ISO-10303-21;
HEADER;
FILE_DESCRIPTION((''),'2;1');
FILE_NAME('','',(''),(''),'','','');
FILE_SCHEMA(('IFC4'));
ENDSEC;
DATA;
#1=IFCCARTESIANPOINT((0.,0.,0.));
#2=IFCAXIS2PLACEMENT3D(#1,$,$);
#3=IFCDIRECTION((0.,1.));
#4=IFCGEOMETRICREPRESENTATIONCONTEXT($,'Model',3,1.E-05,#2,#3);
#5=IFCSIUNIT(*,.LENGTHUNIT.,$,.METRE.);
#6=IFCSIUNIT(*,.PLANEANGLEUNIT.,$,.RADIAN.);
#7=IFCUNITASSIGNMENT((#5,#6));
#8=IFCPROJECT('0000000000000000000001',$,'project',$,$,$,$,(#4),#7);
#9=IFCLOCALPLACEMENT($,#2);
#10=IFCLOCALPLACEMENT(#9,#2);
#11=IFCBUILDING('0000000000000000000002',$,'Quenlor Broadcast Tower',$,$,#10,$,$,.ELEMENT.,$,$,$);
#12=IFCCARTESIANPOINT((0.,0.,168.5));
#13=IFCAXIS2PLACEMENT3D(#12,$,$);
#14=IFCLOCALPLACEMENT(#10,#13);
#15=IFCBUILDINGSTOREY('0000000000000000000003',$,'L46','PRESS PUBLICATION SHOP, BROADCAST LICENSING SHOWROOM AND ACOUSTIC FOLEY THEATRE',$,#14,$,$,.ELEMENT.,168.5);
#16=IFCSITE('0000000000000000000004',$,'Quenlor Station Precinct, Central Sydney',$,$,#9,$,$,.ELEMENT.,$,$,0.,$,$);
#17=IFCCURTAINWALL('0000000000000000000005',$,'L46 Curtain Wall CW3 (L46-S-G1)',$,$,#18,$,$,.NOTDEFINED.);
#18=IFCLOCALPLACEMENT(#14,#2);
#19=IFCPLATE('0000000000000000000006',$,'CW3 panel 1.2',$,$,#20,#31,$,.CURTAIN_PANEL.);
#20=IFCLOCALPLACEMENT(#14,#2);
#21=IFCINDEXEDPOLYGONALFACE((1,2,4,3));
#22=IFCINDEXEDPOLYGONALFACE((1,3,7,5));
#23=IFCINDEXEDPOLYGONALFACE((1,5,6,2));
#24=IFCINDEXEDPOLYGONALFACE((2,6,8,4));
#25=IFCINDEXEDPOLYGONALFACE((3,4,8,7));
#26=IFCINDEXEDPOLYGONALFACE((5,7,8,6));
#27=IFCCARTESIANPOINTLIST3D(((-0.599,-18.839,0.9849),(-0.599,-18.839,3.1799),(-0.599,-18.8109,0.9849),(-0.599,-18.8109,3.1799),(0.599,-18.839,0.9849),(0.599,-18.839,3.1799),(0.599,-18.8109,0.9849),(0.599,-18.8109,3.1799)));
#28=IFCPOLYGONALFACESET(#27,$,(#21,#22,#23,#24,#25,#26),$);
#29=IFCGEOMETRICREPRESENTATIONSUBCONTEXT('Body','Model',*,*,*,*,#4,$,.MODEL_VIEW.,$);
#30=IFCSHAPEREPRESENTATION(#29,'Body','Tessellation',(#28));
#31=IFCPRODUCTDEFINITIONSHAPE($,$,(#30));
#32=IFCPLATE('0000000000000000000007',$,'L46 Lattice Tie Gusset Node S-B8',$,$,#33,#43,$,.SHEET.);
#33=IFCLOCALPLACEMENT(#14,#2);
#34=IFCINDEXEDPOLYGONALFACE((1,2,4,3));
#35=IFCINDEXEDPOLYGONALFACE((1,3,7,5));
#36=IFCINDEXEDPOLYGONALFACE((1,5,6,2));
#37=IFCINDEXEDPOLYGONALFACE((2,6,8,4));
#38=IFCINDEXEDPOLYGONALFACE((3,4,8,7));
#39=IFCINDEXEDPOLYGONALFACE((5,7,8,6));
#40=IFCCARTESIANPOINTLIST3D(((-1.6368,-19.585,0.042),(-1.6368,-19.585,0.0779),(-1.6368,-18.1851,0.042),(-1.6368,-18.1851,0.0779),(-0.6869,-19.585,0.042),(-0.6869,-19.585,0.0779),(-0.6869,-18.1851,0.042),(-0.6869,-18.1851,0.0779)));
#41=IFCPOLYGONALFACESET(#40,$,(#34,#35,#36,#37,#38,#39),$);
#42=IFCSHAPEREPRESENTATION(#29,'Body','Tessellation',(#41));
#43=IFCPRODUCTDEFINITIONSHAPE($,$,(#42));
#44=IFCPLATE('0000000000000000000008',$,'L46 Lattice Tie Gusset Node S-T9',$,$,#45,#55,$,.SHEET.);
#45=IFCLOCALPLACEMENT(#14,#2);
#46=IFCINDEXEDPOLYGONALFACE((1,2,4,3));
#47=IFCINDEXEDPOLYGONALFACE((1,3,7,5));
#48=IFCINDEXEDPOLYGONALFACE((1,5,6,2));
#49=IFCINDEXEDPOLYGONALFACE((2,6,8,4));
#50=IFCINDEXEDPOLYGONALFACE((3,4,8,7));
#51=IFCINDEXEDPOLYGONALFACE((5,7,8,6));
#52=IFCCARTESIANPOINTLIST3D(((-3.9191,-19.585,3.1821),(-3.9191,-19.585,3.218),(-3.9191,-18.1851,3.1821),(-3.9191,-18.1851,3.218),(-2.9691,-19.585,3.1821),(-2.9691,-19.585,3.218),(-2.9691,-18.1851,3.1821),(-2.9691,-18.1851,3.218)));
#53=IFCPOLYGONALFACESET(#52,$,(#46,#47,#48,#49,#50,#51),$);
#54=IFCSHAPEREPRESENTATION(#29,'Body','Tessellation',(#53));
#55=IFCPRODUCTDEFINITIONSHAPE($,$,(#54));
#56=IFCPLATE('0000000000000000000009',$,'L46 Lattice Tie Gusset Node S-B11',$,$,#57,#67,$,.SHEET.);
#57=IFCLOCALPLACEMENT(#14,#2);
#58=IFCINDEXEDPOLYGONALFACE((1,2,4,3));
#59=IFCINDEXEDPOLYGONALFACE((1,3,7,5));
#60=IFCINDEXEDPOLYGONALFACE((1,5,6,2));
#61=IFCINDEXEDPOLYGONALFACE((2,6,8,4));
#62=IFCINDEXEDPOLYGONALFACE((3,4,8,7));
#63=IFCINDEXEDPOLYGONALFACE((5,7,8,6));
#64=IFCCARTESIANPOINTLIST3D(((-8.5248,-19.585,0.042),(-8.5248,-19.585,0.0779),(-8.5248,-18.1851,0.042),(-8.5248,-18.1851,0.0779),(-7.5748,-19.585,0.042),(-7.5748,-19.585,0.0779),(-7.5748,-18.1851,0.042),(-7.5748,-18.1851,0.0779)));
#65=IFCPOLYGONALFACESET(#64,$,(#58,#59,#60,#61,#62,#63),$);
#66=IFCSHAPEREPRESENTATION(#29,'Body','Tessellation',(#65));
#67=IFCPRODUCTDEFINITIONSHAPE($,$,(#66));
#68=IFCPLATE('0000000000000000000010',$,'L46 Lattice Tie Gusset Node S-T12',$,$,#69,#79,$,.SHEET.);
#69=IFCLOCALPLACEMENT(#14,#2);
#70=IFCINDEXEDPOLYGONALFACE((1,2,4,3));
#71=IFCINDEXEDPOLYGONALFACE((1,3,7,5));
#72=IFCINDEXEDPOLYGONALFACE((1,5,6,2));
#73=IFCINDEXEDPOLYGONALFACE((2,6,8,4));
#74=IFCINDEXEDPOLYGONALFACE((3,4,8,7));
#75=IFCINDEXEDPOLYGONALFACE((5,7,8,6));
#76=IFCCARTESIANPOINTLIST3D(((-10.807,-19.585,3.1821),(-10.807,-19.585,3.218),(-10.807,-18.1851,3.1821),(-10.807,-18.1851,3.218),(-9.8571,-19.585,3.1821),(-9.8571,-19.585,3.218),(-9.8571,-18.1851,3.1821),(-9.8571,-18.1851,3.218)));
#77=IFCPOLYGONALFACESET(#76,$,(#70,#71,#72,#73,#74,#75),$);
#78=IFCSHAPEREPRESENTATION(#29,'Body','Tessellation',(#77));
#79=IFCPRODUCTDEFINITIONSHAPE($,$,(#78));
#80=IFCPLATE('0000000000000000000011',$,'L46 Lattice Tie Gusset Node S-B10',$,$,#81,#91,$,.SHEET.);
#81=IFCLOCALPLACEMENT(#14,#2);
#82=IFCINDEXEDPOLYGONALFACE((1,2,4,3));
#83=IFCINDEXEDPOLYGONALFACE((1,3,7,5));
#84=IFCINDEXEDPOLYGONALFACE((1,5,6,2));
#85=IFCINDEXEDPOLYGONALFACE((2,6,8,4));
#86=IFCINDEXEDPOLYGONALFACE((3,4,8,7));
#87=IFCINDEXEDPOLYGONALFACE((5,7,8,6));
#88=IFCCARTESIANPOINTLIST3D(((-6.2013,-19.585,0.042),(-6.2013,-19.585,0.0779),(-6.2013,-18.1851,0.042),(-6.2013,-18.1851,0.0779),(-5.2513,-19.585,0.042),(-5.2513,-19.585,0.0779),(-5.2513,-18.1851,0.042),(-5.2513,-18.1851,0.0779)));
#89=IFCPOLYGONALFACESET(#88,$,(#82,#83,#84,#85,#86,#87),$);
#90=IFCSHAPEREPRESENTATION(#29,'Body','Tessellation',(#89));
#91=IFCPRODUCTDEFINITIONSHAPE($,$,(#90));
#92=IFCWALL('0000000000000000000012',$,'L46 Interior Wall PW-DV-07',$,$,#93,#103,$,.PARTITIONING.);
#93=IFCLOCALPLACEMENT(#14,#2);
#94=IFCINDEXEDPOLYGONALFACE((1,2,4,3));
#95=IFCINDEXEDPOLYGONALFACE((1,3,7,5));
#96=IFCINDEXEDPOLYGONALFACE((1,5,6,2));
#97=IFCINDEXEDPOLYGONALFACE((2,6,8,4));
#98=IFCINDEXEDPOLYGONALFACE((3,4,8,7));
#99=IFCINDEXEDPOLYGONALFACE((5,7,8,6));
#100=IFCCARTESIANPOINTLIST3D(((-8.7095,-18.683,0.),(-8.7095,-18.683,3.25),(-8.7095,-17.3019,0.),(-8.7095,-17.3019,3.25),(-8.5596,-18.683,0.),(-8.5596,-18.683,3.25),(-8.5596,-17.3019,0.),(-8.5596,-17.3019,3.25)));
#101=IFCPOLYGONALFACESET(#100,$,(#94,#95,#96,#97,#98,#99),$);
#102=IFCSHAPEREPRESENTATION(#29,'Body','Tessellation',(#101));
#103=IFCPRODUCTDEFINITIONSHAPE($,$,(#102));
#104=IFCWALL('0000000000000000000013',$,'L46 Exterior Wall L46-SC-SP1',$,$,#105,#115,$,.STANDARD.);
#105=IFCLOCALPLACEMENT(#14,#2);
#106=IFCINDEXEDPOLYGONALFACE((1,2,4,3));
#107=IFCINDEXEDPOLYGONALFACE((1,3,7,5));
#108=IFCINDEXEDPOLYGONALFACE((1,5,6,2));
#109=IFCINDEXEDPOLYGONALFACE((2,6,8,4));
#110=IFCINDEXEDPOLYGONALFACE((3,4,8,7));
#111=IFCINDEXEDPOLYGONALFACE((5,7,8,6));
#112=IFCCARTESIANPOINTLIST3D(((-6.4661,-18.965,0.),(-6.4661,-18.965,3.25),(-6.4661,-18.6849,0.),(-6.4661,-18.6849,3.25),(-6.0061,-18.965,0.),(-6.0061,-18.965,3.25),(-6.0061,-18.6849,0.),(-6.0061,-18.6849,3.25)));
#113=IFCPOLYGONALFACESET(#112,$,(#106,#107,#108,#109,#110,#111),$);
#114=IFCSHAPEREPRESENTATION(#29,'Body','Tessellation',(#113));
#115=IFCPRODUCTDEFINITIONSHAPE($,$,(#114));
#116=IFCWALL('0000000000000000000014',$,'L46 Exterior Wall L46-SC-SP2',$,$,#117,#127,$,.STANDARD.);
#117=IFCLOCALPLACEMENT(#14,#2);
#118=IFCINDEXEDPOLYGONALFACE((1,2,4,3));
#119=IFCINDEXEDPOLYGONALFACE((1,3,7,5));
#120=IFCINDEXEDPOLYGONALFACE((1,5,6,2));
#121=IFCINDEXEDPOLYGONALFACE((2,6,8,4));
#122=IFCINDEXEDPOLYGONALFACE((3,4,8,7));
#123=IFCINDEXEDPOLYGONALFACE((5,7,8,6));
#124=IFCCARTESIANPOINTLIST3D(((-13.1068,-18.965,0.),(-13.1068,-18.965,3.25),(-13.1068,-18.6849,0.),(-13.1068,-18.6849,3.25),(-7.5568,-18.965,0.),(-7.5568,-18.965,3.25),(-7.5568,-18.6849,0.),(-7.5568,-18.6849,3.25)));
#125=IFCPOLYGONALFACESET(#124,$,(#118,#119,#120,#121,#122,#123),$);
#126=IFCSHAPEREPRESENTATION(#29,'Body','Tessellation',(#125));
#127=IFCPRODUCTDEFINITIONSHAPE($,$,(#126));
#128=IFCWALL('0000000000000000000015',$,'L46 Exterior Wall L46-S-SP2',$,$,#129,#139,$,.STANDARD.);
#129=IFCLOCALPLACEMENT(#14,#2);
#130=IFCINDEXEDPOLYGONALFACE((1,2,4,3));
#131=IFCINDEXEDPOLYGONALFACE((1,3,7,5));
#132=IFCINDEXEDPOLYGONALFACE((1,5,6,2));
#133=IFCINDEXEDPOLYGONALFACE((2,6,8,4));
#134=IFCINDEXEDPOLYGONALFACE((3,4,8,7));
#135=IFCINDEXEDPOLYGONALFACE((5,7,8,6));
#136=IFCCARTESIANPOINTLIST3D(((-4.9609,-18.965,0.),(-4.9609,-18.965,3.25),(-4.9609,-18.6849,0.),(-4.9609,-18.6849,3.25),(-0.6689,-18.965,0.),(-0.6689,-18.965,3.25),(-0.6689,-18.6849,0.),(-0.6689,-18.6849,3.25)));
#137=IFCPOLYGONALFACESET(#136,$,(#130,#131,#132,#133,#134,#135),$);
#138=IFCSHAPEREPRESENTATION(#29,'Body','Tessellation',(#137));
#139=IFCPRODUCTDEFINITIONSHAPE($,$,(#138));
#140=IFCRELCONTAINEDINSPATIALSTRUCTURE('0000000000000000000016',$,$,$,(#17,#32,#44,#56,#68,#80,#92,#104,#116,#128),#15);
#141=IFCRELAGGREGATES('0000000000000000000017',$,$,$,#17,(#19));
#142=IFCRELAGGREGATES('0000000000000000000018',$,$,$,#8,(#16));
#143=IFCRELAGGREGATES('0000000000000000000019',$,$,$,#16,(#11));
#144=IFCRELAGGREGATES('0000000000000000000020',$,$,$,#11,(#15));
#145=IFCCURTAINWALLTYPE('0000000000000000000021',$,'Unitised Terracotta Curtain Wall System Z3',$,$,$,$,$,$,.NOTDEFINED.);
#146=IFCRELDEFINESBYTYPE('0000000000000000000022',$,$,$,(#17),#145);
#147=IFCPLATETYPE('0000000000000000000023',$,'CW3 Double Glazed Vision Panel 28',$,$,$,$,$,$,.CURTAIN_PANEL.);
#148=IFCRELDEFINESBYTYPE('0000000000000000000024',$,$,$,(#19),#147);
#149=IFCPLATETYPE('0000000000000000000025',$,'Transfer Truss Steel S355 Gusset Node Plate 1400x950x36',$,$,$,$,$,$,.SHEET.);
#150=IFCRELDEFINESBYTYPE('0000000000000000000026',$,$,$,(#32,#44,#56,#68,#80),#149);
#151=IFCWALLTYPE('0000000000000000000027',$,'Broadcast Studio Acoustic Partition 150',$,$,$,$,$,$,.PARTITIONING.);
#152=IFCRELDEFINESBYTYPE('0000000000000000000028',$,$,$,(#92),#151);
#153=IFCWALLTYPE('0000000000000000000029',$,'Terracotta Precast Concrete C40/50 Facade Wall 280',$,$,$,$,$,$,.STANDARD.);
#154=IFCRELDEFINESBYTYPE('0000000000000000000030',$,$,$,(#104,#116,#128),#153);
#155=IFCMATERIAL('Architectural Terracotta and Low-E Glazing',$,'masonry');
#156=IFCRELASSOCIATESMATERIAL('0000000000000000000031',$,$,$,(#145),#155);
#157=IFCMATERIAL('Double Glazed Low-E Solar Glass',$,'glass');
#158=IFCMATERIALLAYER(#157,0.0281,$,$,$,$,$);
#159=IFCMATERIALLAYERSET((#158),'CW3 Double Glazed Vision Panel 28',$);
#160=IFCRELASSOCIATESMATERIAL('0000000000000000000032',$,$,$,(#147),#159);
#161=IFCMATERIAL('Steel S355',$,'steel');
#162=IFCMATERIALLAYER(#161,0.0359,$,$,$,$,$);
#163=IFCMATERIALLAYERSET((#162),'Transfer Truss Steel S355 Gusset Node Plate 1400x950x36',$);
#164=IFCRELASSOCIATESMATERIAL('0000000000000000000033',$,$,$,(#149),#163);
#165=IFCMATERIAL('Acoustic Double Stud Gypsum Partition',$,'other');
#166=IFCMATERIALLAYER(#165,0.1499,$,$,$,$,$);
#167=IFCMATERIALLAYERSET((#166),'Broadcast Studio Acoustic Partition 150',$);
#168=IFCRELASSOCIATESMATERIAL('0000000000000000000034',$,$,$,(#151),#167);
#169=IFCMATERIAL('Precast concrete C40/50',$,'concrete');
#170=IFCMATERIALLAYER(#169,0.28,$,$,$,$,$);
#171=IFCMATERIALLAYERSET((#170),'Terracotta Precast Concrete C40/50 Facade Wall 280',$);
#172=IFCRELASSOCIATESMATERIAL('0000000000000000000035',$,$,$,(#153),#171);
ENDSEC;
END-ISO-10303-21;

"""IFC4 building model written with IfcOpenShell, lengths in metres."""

from ifc_helpers import new_model, si_unit, direction, frame, frame_2d, origin, origin_2d, place, context, subcontext, project, spatial, rectangle, extrude, material, layer, layer_set, type_object, element, aggregate, save


model = new_model("IFC4")

# Units and contexts
model_context = context("Model", 3, precision=1e-05, world=origin(), true_north=direction((0.0, 1.0)))
body_context = subcontext(model_context, "Body", "Model", "MODEL_VIEW")
ifc_project = project(units=[si_unit("LENGTHUNIT", "METRE"), si_unit("PLANEANGLEUNIT", "RADIAN")], contexts=[model_context])

# Site, building, storey
site_placement = place(None, origin())
site = spatial("IfcSite", under=ifc_project, at=site_placement, Name="Quenlor Station Precinct, Central Sydney", CompositionType="ELEMENT", RefElevation=0.0)
building_placement = place(site_placement, origin())
building = spatial("IfcBuilding", under=site, at=building_placement, Name="Quenlor Broadcast Tower", CompositionType="ELEMENT")
storey_placement = place(building_placement, frame((0.0, 0.0, 168.5)))
storey = spatial("IfcBuildingStorey", under=building, at=storey_placement, Name="L46", Description="PRESS PUBLICATION SHOP, BROADCAST LICENSING SHOWROOM AND ACOUSTIC FOLEY THEATRE", CompositionType="ELEMENT", Elevation=168.5)

# Shared definitions
ifc_material_1 = material(Name="Architectural Terracotta and Low-E Glazing", Category="masonry")
curtain_wall_type = type_object("IfcCurtainWallType", Name="Unitised Terracotta Curtain Wall System Z3", PredefinedType="NOTDEFINED", material=ifc_material_1)

# Curtain wall
curtain_wall_1_placement = place(storey_placement, origin())
curtain_wall_1 = element("IfcCurtainWall", 1, at=curtain_wall_1_placement, inside=storey, type_object=curtain_wall_type, Name="L46 Curtain Wall CW3 (L46-S-G1)", PredefinedType="NOTDEFINED")

# Plate
ifc_material_2 = material(Name="Double Glazed Low-E Solar Glass", Category="glass")
ifc_layer_1 = layer(ifc_material_2, 0.0281)
ifc_layer_set_1 = layer_set([ifc_layer_1], Name="CW3 Double Glazed Vision Panel 28")
plate_type_1 = type_object("IfcPlateType", Name="CW3 Double Glazed Vision Panel 28", PredefinedType="CURTAIN_PANEL", material=ifc_layer_set_1)
plate_1_placement = place(storey_placement, frame((0.0, -18.825, 0.9849), z_axis=(0.0, 0.0, 1.0), x_axis=(-1.0, 0.0, 0.0)))
plate_1 = element("IfcPlate", 2, at=plate_1_placement, type_object=plate_type_1, Name="CW3 panel 1.2", PredefinedType="CURTAIN_PANEL", context=body_context, shape_type="SweptSolid", body=[
    extrude(rectangle(XDim=1.198, YDim=0.0281, at=origin_2d()), origin(), (0.0, 0.0, 1.0), 2.1951),
])
aggregate(curtain_wall_1, [plate_1])

# Plates
ifc_material_3 = material(Name="Steel S355", Category="steel")
ifc_layer_2 = layer(ifc_material_3, 0.0359)
ifc_layer_set_2 = layer_set([ifc_layer_2], Name="Transfer Truss Steel S355 Gusset Node Plate 1400x950x36")
plate_type_2 = type_object("IfcPlateType", Name="Transfer Truss Steel S355 Gusset Node Plate 1400x950x36", PredefinedType="SHEET", material=ifc_layer_set_2)
for number, where, z_axis, x_axis, name in (
    (3, (-1.1619, -18.885, 0.042), (0.0, 0.0, 1.0), (0.0, -1.0, 0.0), "L46 Lattice Tie Gusset Node S-B8"),
    (4, (-3.4441, -18.885, 3.1821), (0.0, 0.0, 1.0), (0.0, -1.0, 0.0), "L46 Lattice Tie Gusset Node S-T9"),
    (5, (-8.0498, -18.885, 0.042), (0.0, 0.0, 1.0), (0.0, -1.0, 0.0), "L46 Lattice Tie Gusset Node S-B11"),
    (6, (-10.332, -18.885, 3.1821), (0.0, 0.0, 1.0), (0.0, -1.0, 0.0), "L46 Lattice Tie Gusset Node S-T12"),
    (7, (-5.7263, -18.885, 0.042), (0.0, 0.0, 1.0), (0.0, -1.0, 0.0), "L46 Lattice Tie Gusset Node S-B10"),
):
    element("IfcPlate", number, at=place(storey_placement, frame(where, z_axis=z_axis, x_axis=x_axis)), inside=storey, type_object=plate_type_2, Name=name, PredefinedType="SHEET", context=body_context, shape_type="SweptSolid", body=[
        extrude(rectangle(XDim=1.3999, YDim=0.95, at=origin_2d()), origin(), (0.0, 0.0, 1.0), 0.0359),
    ])

# Walls
ifc_material_4 = material(Name="Acoustic Double Stud Gypsum Partition", Category="other")
ifc_layer_3 = layer(ifc_material_4, 0.1499)
ifc_layer_set_3 = layer_set([ifc_layer_3], Name="Broadcast Studio Acoustic Partition 150")
wall_type_1 = type_object("IfcWallType", Name="Broadcast Studio Acoustic Partition 150", PredefinedType="PARTITIONING", material=ifc_layer_set_3)
wall_1_placement = place(storey_placement, frame((-8.6345, -17.302, 0.0), z_axis=(0.0, 0.0, 1.0), x_axis=(0.0, -1.0, 0.0)))
element("IfcWall", 8, at=wall_1_placement, inside=storey, type_object=wall_type_1, Name="L46 Interior Wall PW-DV-07", PredefinedType="PARTITIONING", context=body_context, shape_type="SweptSolid", body=[
    extrude(rectangle(XDim=1.3811, YDim=0.1499, at=frame_2d((0.6904, 0.0))), origin(), (0.0, 0.0, 1.0), 3.25),
])
ifc_material_5 = material(Name="Precast concrete C40/50", Category="concrete")
ifc_layer_4 = layer(ifc_material_5, 0.28)
ifc_layer_set_4 = layer_set([ifc_layer_4], Name="Terracotta Precast Concrete C40/50 Facade Wall 280")
wall_type_2 = type_object("IfcWallType", Name="Terracotta Precast Concrete C40/50 Facade Wall 280", PredefinedType="STANDARD", material=ifc_layer_set_4)
wall_2_placement = place(storey_placement, frame((-6.0061, -18.825, 0.0), z_axis=(0.0, 0.0, 1.0), x_axis=(-1.0, 0.0, 0.0)))
element("IfcWall", 9, at=wall_2_placement, inside=storey, type_object=wall_type_2, Name="L46 Exterior Wall L46-SC-SP1", PredefinedType="STANDARD", context=body_context, shape_type="SweptSolid", body=[
    extrude(rectangle(XDim=0.46, YDim=0.28, at=frame_2d((0.23, 0.0))), origin(), (0.0, 0.0, 1.0), 3.25),
])
wall_3_placement = place(storey_placement, frame((-7.5569, -18.825, 0.0), z_axis=(0.0, 0.0, 1.0), x_axis=(-1.0, 0.0, 0.0)))
element("IfcWall", 10, at=wall_3_placement, inside=storey, type_object=wall_type_2, Name="L46 Exterior Wall L46-SC-SP2", PredefinedType="STANDARD", context=body_context, shape_type="SweptSolid", body=[
    extrude(rectangle(XDim=5.55, YDim=0.28, at=frame_2d((2.7749, 0.0))), origin(), (0.0, 0.0, 1.0), 3.25),
])
wall_4_placement = place(storey_placement, frame((-0.6689, -18.825, 0.0), z_axis=(0.0, 0.0, 1.0), x_axis=(-1.0, 0.0, 0.0)))
element("IfcWall", 11, at=wall_4_placement, inside=storey, type_object=wall_type_2, Name="L46 Exterior Wall L46-S-SP2", PredefinedType="STANDARD", context=body_context, shape_type="SweptSolid", body=[
    extrude(rectangle(XDim=4.292, YDim=0.28, at=frame_2d((2.146, 0.0))), origin(), (0.0, 0.0, 1.0), 3.25),
])

save(model, "model.ifc")
